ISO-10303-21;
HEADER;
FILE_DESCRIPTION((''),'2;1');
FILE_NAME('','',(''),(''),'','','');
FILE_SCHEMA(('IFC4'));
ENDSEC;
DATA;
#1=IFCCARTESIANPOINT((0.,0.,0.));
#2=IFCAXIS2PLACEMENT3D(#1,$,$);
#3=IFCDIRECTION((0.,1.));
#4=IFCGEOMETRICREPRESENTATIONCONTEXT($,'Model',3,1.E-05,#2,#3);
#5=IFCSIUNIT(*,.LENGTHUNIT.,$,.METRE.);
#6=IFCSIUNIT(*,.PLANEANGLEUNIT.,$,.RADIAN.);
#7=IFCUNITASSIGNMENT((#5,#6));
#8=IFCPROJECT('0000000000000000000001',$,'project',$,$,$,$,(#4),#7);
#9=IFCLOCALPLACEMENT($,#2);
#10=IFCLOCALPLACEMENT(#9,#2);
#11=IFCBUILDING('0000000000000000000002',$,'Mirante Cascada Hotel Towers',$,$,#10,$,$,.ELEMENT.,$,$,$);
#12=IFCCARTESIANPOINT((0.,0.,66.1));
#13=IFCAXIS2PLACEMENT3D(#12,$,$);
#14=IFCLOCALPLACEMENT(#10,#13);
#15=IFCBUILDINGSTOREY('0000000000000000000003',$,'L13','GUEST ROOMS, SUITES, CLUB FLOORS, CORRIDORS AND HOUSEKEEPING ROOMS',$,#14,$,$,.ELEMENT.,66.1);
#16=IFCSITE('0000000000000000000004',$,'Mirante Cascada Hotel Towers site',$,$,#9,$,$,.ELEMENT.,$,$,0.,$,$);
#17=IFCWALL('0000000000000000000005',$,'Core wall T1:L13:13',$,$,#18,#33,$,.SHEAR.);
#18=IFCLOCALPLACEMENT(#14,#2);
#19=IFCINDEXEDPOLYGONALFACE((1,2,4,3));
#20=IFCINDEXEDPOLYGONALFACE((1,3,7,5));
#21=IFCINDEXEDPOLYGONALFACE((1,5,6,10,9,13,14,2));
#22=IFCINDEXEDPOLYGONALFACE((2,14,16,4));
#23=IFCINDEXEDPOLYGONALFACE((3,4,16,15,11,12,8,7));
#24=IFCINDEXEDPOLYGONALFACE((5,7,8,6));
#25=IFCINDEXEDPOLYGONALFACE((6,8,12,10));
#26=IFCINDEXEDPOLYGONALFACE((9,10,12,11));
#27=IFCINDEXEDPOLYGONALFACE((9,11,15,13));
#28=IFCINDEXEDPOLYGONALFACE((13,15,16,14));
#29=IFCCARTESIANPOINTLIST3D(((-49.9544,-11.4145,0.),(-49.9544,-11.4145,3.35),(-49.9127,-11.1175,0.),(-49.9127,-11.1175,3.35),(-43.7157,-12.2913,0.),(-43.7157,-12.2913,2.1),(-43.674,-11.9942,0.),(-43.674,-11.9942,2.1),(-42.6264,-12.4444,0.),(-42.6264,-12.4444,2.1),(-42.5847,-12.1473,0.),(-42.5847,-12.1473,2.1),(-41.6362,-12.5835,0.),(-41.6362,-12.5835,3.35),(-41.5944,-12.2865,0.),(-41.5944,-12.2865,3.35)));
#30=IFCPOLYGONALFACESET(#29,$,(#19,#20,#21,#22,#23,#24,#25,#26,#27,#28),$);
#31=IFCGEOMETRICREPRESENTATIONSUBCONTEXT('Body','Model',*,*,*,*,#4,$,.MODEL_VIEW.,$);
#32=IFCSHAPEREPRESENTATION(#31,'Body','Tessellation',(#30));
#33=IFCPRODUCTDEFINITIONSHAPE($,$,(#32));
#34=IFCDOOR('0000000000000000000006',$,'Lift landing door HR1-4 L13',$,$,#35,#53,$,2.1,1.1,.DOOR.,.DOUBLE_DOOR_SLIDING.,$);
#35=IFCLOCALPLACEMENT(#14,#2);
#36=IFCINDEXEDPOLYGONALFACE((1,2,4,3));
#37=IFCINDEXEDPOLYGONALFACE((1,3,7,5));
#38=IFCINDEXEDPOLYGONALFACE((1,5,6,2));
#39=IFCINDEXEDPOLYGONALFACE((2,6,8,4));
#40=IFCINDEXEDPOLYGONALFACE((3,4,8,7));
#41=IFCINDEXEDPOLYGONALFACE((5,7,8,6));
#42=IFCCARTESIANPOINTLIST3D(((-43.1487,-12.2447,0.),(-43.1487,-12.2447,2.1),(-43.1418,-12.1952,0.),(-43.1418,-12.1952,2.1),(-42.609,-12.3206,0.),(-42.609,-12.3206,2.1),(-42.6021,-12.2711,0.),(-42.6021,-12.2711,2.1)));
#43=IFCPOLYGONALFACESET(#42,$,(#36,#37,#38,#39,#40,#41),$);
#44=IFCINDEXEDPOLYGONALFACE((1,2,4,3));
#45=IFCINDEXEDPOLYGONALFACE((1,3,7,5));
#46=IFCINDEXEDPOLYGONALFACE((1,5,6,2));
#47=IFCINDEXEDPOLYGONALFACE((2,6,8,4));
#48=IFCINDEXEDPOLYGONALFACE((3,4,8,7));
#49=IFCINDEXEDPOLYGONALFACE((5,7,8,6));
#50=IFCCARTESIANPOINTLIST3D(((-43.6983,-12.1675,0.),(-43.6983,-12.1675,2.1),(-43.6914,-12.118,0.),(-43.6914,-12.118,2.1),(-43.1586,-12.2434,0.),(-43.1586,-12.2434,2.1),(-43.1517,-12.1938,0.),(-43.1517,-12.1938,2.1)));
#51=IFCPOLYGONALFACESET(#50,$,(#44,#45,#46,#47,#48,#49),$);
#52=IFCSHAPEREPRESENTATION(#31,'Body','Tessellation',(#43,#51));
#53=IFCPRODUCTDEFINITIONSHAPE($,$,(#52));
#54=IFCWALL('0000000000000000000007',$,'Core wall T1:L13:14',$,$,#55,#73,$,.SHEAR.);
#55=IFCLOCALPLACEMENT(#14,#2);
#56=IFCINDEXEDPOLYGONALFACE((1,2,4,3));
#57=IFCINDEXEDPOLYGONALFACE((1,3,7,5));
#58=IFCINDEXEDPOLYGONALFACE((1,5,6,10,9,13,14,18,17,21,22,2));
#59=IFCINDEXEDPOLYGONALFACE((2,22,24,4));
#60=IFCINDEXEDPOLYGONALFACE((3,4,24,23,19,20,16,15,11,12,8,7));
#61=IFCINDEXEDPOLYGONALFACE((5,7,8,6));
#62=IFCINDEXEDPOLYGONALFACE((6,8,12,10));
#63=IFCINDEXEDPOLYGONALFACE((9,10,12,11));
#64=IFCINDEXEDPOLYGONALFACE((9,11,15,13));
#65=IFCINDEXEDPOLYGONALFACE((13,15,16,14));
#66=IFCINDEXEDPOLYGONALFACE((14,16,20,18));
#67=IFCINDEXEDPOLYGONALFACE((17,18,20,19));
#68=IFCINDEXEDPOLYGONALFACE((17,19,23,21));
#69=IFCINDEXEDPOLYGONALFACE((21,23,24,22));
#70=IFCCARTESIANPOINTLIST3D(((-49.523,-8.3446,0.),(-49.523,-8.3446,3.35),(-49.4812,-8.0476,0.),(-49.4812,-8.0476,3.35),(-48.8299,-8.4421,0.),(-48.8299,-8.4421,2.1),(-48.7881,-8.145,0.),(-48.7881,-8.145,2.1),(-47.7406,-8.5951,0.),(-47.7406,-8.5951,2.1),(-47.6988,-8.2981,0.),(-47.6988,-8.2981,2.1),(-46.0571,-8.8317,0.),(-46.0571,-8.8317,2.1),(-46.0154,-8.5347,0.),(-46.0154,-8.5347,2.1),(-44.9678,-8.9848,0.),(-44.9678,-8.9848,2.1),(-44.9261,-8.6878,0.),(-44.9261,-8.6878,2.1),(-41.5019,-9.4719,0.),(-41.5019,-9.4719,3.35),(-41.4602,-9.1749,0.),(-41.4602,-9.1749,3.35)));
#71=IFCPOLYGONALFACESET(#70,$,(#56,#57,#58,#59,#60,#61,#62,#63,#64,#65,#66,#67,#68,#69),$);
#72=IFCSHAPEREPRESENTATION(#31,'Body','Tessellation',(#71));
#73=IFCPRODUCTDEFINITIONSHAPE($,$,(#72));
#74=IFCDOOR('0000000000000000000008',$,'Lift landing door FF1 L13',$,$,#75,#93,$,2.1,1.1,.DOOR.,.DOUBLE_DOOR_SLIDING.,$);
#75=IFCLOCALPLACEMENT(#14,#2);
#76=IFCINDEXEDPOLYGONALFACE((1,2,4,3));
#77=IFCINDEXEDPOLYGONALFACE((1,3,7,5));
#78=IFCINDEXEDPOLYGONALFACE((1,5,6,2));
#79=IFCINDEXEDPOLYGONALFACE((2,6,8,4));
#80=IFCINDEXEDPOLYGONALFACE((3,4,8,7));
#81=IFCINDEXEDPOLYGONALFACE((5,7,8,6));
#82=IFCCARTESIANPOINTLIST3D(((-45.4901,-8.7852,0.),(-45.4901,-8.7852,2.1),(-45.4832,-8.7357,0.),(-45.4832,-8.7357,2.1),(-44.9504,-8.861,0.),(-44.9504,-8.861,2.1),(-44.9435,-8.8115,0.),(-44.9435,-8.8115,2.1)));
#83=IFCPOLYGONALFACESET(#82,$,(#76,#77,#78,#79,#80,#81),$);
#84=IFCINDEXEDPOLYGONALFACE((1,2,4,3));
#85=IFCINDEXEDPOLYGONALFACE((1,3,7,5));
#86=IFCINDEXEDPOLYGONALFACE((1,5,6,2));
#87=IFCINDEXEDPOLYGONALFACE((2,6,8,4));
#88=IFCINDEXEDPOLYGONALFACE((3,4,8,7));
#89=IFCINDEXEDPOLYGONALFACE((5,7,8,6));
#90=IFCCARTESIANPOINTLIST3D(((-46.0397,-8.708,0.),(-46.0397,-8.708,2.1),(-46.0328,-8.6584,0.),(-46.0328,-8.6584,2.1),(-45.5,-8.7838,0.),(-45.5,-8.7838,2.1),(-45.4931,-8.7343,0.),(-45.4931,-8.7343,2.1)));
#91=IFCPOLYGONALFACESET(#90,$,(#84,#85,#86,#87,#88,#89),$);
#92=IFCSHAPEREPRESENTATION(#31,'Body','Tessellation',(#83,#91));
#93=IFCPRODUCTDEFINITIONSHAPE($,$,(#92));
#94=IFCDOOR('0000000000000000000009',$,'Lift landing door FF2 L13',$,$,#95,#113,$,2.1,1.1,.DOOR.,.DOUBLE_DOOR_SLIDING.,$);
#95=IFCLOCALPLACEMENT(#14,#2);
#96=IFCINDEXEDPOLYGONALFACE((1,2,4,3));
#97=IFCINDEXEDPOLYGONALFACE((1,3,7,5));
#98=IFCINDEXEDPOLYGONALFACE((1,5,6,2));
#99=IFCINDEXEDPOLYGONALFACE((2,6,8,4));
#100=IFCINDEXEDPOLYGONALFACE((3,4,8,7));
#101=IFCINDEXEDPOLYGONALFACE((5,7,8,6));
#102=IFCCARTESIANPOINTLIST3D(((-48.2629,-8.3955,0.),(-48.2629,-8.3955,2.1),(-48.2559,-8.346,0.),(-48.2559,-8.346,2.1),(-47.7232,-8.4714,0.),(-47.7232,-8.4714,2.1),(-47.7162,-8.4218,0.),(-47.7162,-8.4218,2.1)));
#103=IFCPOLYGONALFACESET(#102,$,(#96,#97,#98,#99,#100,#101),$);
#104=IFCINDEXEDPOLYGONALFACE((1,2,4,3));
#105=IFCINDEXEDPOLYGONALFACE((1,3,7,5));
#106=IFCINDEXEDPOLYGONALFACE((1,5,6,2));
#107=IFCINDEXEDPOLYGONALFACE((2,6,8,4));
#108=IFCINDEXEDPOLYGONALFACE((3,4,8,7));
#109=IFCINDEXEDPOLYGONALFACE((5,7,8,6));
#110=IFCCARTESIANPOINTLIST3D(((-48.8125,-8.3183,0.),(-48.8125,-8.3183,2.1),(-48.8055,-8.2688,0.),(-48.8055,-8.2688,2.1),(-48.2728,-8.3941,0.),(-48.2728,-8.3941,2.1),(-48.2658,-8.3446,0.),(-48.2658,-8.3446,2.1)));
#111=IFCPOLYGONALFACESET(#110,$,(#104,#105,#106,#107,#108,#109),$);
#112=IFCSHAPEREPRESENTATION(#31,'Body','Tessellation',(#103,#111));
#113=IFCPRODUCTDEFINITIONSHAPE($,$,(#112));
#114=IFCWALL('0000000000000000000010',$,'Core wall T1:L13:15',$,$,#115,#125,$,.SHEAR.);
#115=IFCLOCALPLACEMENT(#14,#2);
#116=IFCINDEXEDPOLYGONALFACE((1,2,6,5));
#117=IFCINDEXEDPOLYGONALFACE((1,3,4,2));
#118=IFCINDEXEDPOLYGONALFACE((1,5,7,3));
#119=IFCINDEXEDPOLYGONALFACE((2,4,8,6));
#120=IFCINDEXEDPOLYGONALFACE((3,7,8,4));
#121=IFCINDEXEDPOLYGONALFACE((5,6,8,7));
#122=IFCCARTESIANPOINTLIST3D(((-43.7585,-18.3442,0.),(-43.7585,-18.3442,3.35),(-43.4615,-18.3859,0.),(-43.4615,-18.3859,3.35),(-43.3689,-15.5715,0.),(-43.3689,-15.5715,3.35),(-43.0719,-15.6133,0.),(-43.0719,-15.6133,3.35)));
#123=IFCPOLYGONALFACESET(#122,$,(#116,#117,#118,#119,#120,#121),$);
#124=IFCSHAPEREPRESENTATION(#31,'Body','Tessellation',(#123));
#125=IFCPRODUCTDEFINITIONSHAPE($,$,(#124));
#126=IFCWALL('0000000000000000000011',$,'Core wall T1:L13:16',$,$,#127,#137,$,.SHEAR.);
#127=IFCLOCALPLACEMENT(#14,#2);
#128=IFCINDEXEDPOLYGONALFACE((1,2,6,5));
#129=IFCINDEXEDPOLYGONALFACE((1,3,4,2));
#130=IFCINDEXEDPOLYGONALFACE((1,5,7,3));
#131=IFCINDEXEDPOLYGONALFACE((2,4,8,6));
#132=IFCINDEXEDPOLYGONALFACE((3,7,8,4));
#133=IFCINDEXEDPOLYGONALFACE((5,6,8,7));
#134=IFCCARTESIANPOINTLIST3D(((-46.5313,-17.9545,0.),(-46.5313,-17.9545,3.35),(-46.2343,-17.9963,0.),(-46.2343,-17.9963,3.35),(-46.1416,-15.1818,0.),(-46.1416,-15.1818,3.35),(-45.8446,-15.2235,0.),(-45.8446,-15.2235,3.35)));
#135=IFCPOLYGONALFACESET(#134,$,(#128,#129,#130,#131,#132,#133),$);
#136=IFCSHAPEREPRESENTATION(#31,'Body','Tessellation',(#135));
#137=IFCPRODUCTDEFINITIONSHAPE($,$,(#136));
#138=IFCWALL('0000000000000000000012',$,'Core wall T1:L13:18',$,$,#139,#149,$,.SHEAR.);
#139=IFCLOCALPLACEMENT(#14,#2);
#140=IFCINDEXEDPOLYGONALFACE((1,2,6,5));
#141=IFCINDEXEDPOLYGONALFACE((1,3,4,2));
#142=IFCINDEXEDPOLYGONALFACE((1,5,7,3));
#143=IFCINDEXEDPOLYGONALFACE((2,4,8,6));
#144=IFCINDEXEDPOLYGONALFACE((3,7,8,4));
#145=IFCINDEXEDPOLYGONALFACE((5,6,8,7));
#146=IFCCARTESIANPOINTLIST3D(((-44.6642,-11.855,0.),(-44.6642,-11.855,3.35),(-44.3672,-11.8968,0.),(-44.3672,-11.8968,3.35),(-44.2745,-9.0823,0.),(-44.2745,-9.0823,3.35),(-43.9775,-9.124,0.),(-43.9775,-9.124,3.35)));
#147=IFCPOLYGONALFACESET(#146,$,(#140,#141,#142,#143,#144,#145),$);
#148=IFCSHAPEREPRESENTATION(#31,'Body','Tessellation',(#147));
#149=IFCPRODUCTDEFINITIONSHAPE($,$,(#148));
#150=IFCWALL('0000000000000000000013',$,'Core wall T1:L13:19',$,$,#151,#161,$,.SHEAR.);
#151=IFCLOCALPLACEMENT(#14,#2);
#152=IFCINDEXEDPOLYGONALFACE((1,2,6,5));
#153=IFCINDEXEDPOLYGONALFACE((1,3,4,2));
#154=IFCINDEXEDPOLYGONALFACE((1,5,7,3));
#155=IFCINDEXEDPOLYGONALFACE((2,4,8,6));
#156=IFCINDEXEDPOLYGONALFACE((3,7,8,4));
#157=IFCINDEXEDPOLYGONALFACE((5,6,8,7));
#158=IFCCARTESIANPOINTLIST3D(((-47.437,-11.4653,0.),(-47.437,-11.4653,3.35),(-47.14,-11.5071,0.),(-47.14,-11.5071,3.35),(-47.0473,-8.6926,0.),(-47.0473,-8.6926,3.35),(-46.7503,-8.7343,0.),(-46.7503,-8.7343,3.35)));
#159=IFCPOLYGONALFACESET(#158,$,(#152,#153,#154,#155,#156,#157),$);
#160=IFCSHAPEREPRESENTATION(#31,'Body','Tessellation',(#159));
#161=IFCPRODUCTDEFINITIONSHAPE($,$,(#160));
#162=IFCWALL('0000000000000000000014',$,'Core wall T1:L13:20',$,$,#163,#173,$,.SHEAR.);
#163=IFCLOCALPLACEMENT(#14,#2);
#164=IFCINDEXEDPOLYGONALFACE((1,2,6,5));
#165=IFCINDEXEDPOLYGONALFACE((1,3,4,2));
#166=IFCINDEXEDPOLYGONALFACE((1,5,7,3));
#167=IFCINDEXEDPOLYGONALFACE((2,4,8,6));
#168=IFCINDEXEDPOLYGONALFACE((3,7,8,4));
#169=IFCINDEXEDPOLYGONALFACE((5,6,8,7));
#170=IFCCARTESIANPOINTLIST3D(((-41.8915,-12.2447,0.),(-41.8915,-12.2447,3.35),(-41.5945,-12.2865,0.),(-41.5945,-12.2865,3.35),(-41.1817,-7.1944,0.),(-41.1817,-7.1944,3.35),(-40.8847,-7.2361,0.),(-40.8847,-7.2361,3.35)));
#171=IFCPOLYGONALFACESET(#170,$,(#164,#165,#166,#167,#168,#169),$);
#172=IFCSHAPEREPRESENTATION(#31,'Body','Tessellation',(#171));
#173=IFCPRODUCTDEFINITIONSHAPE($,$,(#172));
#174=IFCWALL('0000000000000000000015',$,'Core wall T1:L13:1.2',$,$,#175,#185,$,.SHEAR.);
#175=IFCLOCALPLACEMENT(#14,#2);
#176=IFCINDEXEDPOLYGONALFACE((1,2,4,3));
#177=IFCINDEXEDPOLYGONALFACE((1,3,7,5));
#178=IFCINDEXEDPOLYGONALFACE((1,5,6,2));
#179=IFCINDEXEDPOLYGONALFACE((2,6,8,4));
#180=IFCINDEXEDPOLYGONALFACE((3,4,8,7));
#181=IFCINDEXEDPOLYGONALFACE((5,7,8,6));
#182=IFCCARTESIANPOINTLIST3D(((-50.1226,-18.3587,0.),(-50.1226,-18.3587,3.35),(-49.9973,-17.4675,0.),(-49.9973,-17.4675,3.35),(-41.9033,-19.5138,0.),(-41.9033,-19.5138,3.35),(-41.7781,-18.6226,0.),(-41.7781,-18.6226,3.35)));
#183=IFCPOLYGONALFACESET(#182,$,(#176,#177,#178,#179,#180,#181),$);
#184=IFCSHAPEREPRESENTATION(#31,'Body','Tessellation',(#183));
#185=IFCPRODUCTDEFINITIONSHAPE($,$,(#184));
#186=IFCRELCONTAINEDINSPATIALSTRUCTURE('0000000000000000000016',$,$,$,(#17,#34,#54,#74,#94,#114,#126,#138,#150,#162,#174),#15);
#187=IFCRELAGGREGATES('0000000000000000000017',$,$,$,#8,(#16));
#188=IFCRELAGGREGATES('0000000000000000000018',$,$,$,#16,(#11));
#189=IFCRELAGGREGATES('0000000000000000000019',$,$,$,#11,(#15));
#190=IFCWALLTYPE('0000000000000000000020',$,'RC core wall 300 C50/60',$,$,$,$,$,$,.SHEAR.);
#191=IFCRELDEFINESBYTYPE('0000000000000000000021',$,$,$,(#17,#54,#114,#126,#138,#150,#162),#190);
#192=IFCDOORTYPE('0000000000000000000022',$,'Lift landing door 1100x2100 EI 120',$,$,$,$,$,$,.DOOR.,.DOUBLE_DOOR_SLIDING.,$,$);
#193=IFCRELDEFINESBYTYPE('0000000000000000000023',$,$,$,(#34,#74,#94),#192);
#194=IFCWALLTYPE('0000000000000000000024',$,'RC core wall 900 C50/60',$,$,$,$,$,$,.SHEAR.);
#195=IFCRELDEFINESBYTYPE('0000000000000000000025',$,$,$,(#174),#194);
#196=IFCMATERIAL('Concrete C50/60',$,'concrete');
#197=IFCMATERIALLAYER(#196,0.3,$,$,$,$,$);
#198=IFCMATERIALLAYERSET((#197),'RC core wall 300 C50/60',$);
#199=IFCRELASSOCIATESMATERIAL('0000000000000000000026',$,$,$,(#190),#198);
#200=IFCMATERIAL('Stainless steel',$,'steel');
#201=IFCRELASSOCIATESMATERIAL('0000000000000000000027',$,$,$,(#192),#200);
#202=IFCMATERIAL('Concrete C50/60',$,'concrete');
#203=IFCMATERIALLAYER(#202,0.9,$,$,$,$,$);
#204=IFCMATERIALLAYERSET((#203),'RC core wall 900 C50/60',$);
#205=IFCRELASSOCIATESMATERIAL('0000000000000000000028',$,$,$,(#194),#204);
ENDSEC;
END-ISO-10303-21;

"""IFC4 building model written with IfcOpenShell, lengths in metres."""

from ifc_helpers import new_model, si_unit, direction, frame, frame_2d, origin, place, context, subcontext, project, spatial, rectangle, extrude, material, layer, layer_set, type_object, element, fill, save


model = new_model("IFC4")

# Units and contexts
model_context = context("Model", 3, precision=1e-05, world=origin(), true_north=direction((0.0, 1.0)))
body_context = subcontext(model_context, "Body", "Model", "MODEL_VIEW")
ifc_project = project(units=[si_unit("LENGTHUNIT", "METRE"), si_unit("PLANEANGLEUNIT", "RADIAN")], contexts=[model_context])

# Site, building, storey
site_placement = place(None, origin())
site = spatial("IfcSite", under=ifc_project, at=site_placement, Name="Mirante Cascada Hotel Towers site", CompositionType="ELEMENT", RefElevation=0.0)
building_placement = place(site_placement, origin())
building = spatial("IfcBuilding", under=site, at=building_placement, Name="Mirante Cascada Hotel Towers", CompositionType="ELEMENT")
storey_placement = place(building_placement, frame((0.0, 0.0, 66.1)))
storey = spatial("IfcBuildingStorey", under=building, at=storey_placement, Name="L13", Description="GUEST ROOMS, SUITES, CLUB FLOORS, CORRIDORS AND HOUSEKEEPING ROOMS", CompositionType="ELEMENT", Elevation=66.1)

# Shared definitions
ifc_material_1 = material(Name="Concrete C50/60", Category="concrete")
ifc_layer_1 = layer(ifc_material_1, 0.3)
ifc_layer_set_1 = layer_set([ifc_layer_1], Name="RC core wall 300 C50/60")
wall_type_1 = type_object("IfcWallType", Name="RC core wall 300 C50/60", PredefinedType="SHEAR", material=ifc_layer_set_1)

# Shared definitions
ifc_material_2 = material(Name="Stainless steel", Category="steel")
door_type_1 = type_object("IfcDoorType", Name="Lift landing door 1100x2100 EI 120", OperationType="DOUBLE_DOOR_SLIDING", PredefinedType="DOOR", material=ifc_material_2)

# Wall, opening, door
wall_1_placement = place(storey_placement, frame((-41.6153, -12.435, 0.0), z_axis=(0.0, 0.0, 1.0), x_axis=(-0.990269, 0.139166, 0.0)))
wall_1 = element("IfcWall", 1, at=wall_1_placement, inside=storey, type_object=wall_type_1, Name="Core wall T1:L13:13", PredefinedType="SHEAR", context=body_context, shape_type="SweptSolid", body=[
    extrude(rectangle(XDim=8.4, YDim=0.3, at=frame_2d((4.2, 0.0))), origin(), (0.0, 0.0, 1.0), 3.35),
])
opening_1_placement = place(wall_1_placement, frame((1.0, 0.0, 0.0)))
opening_1 = element("IfcOpeningElement", 2, at=opening_1_placement, cuts=wall_1, PredefinedType="OPENING", context=body_context, shape_type="SweptSolid", body=[
    extrude(rectangle(XDim=1.1, YDim=2.1, at=frame_2d((0.55, 1.05))), frame((0.0, 0.15, 0.0), z_axis=(0.0, -1.0, 0.0), x_axis=(1.0, 0.0, 0.0)), (0.0, 0.0, 1.0), 0.3),
])
door_1_placement = place(opening_1_placement, origin())
door_1 = element("IfcDoor", 3, at=door_1_placement, inside=storey, type_object=door_type_1, Name="Lift landing door HR1-4 L13", OperationType="DOUBLE_DOOR_SLIDING", OverallHeight=2.1, OverallWidth=1.1, PredefinedType="DOOR", context=body_context, shape_type="SweptSolid", body=[
    extrude(rectangle(XDim=0.545, YDim=2.1, at=frame_2d((0.2725, 1.05))), frame((0.0, 0.025, 0.0), z_axis=(0.0, -1.0, 0.0), x_axis=(1.0, 0.0, 0.0)), (0.0, 0.0, 1.0), 0.05),
    extrude(rectangle(XDim=0.545, YDim=2.1, at=frame_2d((0.8275, 1.05))), frame((0.0, 0.025, 0.0), z_axis=(0.0, -1.0, 0.0), x_axis=(1.0, 0.0, 0.0)), (0.0, 0.0, 1.0), 0.05),
])
fill(opening_1, door_1)

# Wall, openings, doors
wall_2_placement = place(storey_placement, frame((-41.481, -9.3234, 0.0), z_axis=(0.0, 0.0, 1.0), x_axis=(-0.990268, 0.139174, 0.0)))
wall_2 = element("IfcWall", 4, at=wall_2_placement, inside=storey, type_object=wall_type_1, Name="Core wall T1:L13:14", PredefinedType="SHEAR", context=body_context, shape_type="SweptSolid", body=[
    extrude(rectangle(XDim=8.0999, YDim=0.3, at=frame_2d((4.05, 0.0))), origin(), (0.0, 0.0, 1.0), 3.35),
])
opening_2_placement = place(wall_2_placement, frame((3.5, 0.0, 0.0)))
opening_2 = element("IfcOpeningElement", 5, at=opening_2_placement, cuts=wall_2, PredefinedType="OPENING", context=body_context, shape_type="SweptSolid", body=[
    extrude(rectangle(XDim=1.1, YDim=2.1, at=frame_2d((0.55, 1.05))), frame((0.0, 0.15, 0.0), z_axis=(0.0, -1.0, 0.0), x_axis=(1.0, 0.0, 0.0)), (0.0, 0.0, 1.0), 0.3),
])
opening_3_placement = place(wall_2_placement, frame((6.3, 0.0, 0.0)))
opening_3 = element("IfcOpeningElement", 6, at=opening_3_placement, cuts=wall_2, PredefinedType="OPENING", context=body_context, shape_type="SweptSolid", body=[
    extrude(rectangle(XDim=1.1, YDim=2.1, at=frame_2d((0.55, 1.05))), frame((0.0, 0.15, 0.0), z_axis=(0.0, -1.0, 0.0), x_axis=(1.0, 0.0, 0.0)), (0.0, 0.0, 1.0), 0.3),
])
door_2_placement = place(opening_2_placement, origin())
door_2 = element("IfcDoor", 7, at=door_2_placement, inside=storey, type_object=door_type_1, Name="Lift landing door FF1 L13", OperationType="DOUBLE_DOOR_SLIDING", OverallHeight=2.1, OverallWidth=1.1, PredefinedType="DOOR", context=body_context, shape_type="SweptSolid", body=[
    extrude(rectangle(XDim=0.545, YDim=2.1, at=frame_2d((0.2725, 1.05))), frame((0.0, 0.025, 0.0), z_axis=(0.0, -1.0, 0.0), x_axis=(1.0, 0.0, 0.0)), (0.0, 0.0, 1.0), 0.05),
    extrude(rectangle(XDim=0.545, YDim=2.1, at=frame_2d((0.8275, 1.05))), frame((0.0, 0.025, 0.0), z_axis=(0.0, -1.0, 0.0), x_axis=(1.0, 0.0, 0.0)), (0.0, 0.0, 1.0), 0.05),
])
fill(opening_2, door_2)
door_3_placement = place(opening_3_placement, origin())
door_3 = element("IfcDoor", 8, at=door_3_placement, inside=storey, type_object=door_type_1, Name="Lift landing door FF2 L13", OperationType="DOUBLE_DOOR_SLIDING", OverallHeight=2.1, OverallWidth=1.1, PredefinedType="DOOR", context=body_context, shape_type="SweptSolid", body=[
    extrude(rectangle(XDim=0.545, YDim=2.1, at=frame_2d((0.2725, 1.05))), frame((0.0, 0.025, 0.0), z_axis=(0.0, -1.0, 0.0), x_axis=(1.0, 0.0, 0.0)), (0.0, 0.0, 1.0), 0.05),
    extrude(rectangle(XDim=0.545, YDim=2.1, at=frame_2d((0.8275, 1.05))), frame((0.0, 0.025, 0.0), z_axis=(0.0, -1.0, 0.0), x_axis=(1.0, 0.0, 0.0)), (0.0, 0.0, 1.0), 0.05),
])
fill(opening_3, door_3)

# Walls
wall_3_placement = place(storey_placement, frame((-43.61, -18.3651, 0.0), z_axis=(0.0, 0.0, 1.0), x_axis=(0.139146, 0.990272, 0.0)))
element("IfcWall", 9, at=wall_3_placement, inside=storey, type_object=wall_type_1, Name="Core wall T1:L13:15", PredefinedType="SHEAR", context=body_context, shape_type="SweptSolid", body=[
    extrude(rectangle(XDim=2.7999, YDim=0.3, at=frame_2d((1.4, 0.0))), origin(), (0.0, 0.0, 1.0), 3.35),
])
for number, where, z_axis, x_axis, name in (
    (10, (-46.3828, -17.9754, 0.0), (0.0, 0.0, 1.0), (0.139181, 0.990267, 0.0), "Core wall T1:L13:16"),
    (11, (-44.5157, -11.8759, 0.0), (0.0, 0.0, 1.0), (0.139181, 0.990267, 0.0), "Core wall T1:L13:18"),
    (12, (-47.2885, -11.4862, 0.0), (0.0, 0.0, 1.0), (0.139181, 0.990267, 0.0), "Core wall T1:L13:19"),
):
    element("IfcWall", number, at=place(storey_placement, frame(where, z_axis=z_axis, x_axis=x_axis)), inside=storey, type_object=wall_type_1, Name=name, PredefinedType="SHEAR", context=body_context, shape_type="SweptSolid", body=[
        extrude(rectangle(XDim=2.8, YDim=0.3, at=frame_2d((1.4, 0.0))), origin(), (0.0, 0.0, 1.0), 3.35),
    ])
wall_4_placement = place(storey_placement, frame((-41.743, -12.2656, 0.0), z_axis=(0.0, 0.0, 1.0), x_axis=(0.139176, 0.990268, 0.0)))
element("IfcWall", 13, at=wall_4_placement, inside=storey, type_object=wall_type_1, Name="Core wall T1:L13:20", PredefinedType="SHEAR", context=body_context, shape_type="SweptSolid", body=[
    extrude(rectangle(XDim=5.1, YDim=0.3, at=frame_2d((2.55, 0.0))), origin(), (0.0, 0.0, 1.0), 3.35),
])
ifc_material_3 = material(Name="Concrete C50/60", Category="concrete")
ifc_layer_2 = layer(ifc_material_3, 0.9)
ifc_layer_set_2 = layer_set([ifc_layer_2], Name="RC core wall 900 C50/60")
wall_type_2 = type_object("IfcWallType", Name="RC core wall 900 C50/60", PredefinedType="SHEAR", material=ifc_layer_set_2)
wall_5_placement = place(storey_placement, frame((-41.8407, -19.0682, 0.0), z_axis=(0.0, 0.0, 1.0), x_axis=(-0.990269, 0.139169, 0.0)))
element("IfcWall", 14, at=wall_5_placement, inside=storey, type_object=wall_type_2, Name="Core wall T1:L13:1.2", PredefinedType="SHEAR", context=body_context, shape_type="SweptSolid", body=[
    extrude(rectangle(XDim=8.3, YDim=0.9, at=frame_2d((4.15, 0.0))), origin(), (0.0, 0.0, 1.0), 3.35),
])

save(model, "model.ifc")
